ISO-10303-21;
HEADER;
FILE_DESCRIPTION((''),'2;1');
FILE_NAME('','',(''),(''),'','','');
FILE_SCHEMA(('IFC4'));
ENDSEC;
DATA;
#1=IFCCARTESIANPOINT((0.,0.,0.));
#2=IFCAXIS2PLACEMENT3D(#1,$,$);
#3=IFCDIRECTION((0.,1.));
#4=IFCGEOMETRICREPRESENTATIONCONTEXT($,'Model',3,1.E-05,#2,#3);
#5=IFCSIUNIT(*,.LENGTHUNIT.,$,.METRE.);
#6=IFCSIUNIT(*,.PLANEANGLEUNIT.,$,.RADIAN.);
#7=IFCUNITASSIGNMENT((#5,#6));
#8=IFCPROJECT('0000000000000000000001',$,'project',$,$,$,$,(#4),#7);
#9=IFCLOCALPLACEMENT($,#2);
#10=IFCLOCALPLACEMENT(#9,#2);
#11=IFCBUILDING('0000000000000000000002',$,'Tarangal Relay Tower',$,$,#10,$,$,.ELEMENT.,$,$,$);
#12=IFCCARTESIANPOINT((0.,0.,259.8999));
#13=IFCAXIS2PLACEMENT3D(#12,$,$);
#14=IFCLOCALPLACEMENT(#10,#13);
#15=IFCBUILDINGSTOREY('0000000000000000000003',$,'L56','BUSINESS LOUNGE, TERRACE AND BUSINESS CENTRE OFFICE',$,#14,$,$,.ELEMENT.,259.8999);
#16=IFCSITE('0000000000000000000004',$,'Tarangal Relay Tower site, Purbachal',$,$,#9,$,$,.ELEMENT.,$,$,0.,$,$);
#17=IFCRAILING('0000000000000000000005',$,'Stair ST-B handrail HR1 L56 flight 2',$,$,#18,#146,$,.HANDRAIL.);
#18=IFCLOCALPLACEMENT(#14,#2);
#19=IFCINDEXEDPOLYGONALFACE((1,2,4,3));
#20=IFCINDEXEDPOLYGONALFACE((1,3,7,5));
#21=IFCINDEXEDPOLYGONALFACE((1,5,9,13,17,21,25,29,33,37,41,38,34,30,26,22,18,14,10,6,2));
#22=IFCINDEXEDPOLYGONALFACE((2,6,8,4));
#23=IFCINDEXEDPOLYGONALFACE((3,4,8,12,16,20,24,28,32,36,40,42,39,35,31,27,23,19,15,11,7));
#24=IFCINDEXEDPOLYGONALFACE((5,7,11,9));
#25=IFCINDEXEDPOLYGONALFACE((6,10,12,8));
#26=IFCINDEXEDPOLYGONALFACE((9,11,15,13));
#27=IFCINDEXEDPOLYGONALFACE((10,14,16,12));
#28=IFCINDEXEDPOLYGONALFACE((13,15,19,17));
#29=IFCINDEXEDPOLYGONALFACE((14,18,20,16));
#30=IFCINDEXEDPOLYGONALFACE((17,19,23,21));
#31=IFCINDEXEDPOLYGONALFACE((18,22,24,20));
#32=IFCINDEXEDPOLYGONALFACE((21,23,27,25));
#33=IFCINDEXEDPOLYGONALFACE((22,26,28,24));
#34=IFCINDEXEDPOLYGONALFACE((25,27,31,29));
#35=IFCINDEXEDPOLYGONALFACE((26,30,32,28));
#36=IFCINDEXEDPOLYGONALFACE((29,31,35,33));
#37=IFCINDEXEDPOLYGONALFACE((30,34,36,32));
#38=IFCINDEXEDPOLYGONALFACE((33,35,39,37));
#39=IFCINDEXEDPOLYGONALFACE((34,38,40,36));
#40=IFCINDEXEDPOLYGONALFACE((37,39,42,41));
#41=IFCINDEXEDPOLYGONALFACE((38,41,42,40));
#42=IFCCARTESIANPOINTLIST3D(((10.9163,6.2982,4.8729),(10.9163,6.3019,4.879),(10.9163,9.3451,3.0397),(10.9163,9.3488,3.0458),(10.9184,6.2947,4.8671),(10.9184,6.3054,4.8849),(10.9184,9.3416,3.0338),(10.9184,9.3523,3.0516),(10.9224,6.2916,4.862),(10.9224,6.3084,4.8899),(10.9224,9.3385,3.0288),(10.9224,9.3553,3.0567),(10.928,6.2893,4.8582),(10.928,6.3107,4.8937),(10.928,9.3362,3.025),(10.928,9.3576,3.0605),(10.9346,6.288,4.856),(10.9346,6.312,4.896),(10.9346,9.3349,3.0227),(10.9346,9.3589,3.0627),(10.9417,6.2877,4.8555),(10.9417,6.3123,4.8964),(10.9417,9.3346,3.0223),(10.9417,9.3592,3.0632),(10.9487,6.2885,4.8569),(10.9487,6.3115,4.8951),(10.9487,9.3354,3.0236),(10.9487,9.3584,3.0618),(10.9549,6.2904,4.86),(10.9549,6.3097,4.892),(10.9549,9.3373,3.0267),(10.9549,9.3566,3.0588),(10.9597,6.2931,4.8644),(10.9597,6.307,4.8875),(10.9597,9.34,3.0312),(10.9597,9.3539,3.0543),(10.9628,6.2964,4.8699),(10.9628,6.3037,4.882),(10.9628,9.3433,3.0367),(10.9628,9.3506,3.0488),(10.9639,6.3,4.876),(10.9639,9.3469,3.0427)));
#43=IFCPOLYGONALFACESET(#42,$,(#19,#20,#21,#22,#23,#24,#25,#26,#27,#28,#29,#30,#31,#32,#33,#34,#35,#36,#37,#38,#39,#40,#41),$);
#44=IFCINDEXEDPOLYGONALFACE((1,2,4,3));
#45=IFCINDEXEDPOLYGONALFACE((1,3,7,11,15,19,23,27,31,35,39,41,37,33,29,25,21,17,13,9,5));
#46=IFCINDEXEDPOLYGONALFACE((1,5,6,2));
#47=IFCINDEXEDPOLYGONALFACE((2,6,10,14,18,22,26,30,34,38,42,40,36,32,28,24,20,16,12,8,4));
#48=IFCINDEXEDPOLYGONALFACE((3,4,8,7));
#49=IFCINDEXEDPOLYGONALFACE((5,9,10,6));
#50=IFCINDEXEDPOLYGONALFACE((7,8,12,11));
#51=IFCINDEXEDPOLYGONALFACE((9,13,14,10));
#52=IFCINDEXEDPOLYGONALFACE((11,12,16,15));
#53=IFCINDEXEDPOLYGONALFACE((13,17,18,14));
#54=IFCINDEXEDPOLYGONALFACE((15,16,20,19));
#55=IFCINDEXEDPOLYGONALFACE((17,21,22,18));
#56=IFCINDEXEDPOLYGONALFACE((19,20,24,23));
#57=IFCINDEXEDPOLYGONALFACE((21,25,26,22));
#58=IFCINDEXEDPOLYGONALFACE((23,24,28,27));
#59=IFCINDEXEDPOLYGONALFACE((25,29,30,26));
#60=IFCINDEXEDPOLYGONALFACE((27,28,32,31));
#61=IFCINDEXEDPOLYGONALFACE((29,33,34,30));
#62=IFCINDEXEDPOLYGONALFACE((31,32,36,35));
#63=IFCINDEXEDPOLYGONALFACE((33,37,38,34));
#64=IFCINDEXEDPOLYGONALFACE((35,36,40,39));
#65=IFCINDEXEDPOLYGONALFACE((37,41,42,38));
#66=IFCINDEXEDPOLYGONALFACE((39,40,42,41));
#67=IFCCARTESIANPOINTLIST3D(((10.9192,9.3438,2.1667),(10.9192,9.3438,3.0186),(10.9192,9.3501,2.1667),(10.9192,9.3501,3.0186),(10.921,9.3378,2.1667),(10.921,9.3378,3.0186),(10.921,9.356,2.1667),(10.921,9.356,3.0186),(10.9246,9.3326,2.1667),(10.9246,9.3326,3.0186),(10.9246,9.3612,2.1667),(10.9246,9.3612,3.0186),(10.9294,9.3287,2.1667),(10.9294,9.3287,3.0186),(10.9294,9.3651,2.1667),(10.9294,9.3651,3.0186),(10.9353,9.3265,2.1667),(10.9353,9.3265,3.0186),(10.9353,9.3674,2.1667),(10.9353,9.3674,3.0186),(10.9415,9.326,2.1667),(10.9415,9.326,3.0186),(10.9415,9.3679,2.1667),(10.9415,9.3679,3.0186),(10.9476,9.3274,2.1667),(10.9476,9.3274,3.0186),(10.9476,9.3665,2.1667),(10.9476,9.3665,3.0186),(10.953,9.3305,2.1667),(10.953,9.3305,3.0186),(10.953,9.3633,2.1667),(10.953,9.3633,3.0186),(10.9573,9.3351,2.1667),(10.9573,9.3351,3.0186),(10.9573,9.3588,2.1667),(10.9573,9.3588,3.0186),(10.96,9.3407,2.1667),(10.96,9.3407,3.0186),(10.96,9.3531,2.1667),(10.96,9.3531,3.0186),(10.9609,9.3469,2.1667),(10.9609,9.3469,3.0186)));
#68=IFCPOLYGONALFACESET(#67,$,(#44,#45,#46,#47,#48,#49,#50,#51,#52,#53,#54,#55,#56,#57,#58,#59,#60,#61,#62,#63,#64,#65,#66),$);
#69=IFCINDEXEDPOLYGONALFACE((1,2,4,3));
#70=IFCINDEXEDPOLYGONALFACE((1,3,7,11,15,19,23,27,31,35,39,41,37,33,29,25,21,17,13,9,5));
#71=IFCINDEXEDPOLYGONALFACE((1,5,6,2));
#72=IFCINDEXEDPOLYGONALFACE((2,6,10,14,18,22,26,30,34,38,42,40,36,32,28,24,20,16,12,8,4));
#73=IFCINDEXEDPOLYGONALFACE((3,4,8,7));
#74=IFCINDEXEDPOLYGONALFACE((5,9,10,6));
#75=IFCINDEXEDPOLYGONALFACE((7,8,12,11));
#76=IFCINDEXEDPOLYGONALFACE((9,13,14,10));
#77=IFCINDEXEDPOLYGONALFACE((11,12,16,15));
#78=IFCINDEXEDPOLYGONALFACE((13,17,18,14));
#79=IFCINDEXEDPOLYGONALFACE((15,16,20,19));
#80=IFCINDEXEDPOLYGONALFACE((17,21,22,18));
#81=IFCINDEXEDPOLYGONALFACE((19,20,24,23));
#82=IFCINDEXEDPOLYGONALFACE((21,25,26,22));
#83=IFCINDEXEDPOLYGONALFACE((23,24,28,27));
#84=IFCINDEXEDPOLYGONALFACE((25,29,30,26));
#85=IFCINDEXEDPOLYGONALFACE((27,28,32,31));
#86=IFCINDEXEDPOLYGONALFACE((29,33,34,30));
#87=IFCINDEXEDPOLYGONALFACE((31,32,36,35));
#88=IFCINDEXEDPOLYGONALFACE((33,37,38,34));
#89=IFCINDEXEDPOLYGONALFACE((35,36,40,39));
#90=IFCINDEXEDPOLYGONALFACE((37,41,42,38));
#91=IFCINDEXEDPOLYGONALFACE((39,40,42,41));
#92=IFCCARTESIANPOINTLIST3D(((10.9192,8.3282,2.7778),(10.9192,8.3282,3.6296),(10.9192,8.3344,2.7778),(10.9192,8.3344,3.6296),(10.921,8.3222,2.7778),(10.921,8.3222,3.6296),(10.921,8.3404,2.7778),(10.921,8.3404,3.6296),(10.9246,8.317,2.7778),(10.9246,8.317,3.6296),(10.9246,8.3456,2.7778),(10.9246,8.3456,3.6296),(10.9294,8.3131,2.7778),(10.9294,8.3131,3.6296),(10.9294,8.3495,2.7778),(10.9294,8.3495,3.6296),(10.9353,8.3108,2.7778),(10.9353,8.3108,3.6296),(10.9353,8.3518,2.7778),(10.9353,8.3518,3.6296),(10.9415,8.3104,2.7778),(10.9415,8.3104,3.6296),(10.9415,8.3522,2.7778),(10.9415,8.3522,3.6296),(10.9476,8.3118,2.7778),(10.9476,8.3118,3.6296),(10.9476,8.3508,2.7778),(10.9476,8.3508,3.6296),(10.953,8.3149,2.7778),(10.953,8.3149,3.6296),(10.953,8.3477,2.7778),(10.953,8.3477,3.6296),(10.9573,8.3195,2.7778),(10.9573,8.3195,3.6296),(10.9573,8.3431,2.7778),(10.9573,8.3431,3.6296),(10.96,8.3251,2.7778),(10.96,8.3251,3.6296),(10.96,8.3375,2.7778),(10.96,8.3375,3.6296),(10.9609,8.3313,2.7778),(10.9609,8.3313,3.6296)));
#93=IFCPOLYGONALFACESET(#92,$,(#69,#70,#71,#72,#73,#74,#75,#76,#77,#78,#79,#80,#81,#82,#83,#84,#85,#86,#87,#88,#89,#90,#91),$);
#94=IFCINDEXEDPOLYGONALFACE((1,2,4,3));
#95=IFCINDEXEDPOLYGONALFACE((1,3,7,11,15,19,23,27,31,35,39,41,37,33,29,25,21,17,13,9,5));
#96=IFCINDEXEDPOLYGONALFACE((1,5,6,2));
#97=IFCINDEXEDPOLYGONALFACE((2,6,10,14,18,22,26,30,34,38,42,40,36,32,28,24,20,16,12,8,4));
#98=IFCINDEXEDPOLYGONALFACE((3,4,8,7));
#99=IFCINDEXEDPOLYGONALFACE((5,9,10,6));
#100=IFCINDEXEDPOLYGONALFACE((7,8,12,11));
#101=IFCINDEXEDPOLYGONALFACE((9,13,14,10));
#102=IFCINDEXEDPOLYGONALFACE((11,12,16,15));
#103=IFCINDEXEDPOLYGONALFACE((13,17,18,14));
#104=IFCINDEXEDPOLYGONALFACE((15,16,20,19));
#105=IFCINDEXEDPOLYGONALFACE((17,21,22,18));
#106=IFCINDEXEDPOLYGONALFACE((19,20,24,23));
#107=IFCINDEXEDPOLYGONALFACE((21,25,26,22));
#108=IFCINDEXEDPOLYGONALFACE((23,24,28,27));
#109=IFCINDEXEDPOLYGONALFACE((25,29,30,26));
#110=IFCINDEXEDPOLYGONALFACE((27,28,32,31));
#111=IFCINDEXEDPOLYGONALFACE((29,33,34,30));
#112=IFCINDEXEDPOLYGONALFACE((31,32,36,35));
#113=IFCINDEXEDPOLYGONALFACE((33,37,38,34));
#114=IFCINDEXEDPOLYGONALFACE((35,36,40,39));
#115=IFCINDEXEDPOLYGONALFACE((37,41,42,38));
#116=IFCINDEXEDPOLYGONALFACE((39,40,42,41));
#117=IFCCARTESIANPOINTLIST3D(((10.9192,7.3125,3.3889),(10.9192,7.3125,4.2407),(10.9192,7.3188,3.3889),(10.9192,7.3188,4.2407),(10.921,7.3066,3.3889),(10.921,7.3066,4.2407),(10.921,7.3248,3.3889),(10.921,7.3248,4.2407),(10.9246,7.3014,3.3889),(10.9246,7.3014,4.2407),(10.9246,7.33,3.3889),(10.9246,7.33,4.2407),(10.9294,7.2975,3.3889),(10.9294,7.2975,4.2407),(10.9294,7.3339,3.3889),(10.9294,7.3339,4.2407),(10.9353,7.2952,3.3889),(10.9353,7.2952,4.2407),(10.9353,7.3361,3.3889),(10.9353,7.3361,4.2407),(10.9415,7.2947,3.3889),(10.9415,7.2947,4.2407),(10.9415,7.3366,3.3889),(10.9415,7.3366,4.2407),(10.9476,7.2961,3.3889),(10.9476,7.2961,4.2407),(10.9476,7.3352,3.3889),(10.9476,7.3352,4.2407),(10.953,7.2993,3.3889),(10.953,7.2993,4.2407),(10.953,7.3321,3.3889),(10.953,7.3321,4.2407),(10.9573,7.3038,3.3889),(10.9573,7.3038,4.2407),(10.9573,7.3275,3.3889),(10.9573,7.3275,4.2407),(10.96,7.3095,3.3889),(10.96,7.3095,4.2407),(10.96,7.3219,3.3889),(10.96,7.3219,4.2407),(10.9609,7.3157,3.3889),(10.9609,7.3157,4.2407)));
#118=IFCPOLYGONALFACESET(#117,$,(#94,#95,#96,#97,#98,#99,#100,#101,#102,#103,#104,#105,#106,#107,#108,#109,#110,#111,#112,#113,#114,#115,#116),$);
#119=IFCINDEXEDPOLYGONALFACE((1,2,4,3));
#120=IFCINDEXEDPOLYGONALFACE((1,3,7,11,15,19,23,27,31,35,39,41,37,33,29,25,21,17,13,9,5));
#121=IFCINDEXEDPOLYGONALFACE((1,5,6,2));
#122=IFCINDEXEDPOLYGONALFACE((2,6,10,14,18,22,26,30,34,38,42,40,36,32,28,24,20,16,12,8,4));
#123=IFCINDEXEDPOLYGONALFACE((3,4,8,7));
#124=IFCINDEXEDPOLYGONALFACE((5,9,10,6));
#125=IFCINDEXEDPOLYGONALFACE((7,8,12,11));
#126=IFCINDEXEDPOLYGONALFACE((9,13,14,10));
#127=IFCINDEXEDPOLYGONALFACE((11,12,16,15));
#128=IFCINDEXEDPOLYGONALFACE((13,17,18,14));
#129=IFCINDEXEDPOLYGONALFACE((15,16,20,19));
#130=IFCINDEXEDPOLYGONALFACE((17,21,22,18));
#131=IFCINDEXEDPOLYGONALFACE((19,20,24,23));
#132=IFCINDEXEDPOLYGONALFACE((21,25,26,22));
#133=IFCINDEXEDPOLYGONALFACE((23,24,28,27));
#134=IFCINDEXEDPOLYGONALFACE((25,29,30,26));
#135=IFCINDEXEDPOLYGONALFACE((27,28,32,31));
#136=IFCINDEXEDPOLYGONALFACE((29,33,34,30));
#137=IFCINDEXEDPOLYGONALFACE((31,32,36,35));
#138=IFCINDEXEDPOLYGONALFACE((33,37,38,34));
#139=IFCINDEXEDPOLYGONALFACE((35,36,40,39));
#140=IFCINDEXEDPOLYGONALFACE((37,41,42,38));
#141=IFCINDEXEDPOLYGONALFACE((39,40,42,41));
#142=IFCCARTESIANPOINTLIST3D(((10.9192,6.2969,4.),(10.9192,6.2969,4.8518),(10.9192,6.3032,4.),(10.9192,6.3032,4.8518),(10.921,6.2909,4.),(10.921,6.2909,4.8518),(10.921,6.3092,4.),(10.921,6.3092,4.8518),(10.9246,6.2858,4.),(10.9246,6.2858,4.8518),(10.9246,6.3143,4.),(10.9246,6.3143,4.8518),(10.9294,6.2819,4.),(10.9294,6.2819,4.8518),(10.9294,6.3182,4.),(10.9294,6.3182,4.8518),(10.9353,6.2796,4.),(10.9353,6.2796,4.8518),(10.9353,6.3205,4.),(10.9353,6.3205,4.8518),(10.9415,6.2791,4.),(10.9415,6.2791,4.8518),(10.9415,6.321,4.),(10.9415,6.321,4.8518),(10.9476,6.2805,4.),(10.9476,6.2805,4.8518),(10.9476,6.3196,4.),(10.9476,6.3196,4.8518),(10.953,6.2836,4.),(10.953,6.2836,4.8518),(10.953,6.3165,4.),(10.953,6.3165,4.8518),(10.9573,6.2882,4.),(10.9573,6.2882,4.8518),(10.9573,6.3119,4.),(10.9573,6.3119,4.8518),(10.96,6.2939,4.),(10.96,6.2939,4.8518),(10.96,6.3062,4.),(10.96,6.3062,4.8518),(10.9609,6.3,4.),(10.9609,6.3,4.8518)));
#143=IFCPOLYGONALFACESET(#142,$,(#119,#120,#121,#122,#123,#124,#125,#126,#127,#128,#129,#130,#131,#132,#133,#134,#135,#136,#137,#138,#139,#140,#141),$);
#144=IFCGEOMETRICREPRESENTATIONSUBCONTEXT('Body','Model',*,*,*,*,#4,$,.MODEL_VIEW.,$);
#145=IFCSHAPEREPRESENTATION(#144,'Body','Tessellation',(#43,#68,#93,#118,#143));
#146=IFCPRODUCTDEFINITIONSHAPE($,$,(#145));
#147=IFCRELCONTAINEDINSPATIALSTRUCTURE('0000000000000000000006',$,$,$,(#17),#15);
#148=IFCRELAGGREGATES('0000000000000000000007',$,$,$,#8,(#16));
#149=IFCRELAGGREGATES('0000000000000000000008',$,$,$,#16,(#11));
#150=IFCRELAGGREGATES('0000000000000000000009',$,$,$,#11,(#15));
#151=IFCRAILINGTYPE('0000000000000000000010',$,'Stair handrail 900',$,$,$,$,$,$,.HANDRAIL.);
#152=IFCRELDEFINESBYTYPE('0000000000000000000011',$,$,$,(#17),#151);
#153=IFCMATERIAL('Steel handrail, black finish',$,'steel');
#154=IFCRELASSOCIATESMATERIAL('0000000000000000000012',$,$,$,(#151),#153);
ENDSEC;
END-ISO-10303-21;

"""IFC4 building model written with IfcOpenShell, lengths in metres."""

from ifc_helpers import new_model, si_unit, direction, frame, origin, origin_2d, place, context, subcontext, project, spatial, circle, extrude, material, type_object, element, save


model = new_model("IFC4")

# Units and contexts
model_context = context("Model", 3, precision=1e-05, world=origin(), true_north=direction((0.0, 1.0)))
body_context = subcontext(model_context, "Body", "Model", "MODEL_VIEW")
ifc_project = project(units=[si_unit("LENGTHUNIT", "METRE"), si_unit("PLANEANGLEUNIT", "RADIAN")], contexts=[model_context])

# Site, building, storey
site_placement = place(None, origin())
site = spatial("IfcSite", under=ifc_project, at=site_placement, Name="Tarangal Relay Tower site, Purbachal", CompositionType="ELEMENT", RefElevation=0.0)
building_placement = place(site_placement, origin())
building = spatial("IfcBuilding", under=site, at=building_placement, Name="Tarangal Relay Tower", CompositionType="ELEMENT")
storey_placement = place(building_placement, frame((0.0, 0.0, 259.8999)))
storey = spatial("IfcBuildingStorey", under=building, at=storey_placement, Name="L56", Description="BUSINESS LOUNGE, TERRACE AND BUSINESS CENTRE OFFICE", CompositionType="ELEMENT", Elevation=259.8999)

# Railing
ifc_material_1 = material(Name="Steel handrail, black finish", Category="steel")
railing_type_1 = type_object("IfcRailingType", Name="Stair handrail 900", PredefinedType="HANDRAIL", material=ifc_material_1)
railing_1_placement = place(storey_placement, frame((10.9399, 9.3469, 2.1667)))
element("IfcRailing", 1, at=railing_1_placement, inside=storey, type_object=railing_type_1, Name="Stair ST-B handrail HR1 L56 flight 2", PredefinedType="HANDRAIL", context=body_context, shape_type="SweptSolid", body=[
    extrude(circle(Radius=0.0239, at=origin_2d()), frame((0.0, 0.0, 0.876), z_axis=(0.0, -0.856856, 0.515556), x_axis=(1.0, 0.0, 0.0)), (0.0, 0.0, 1.0), 3.5559),
    extrude(circle(Radius=0.021, at=origin_2d()), origin(), (0.0, 0.0, 1.0), 0.8518),
    extrude(circle(Radius=0.021, at=origin_2d()), frame((0.0, -1.0156, 0.6111)), (0.0, 0.0, 1.0), 0.8518),
    extrude(circle(Radius=0.021, at=origin_2d()), frame((0.0, -2.0312, 1.2222)), (0.0, 0.0, 1.0), 0.8518),
    extrude(circle(Radius=0.021, at=origin_2d()), frame((0.0, -3.0469, 1.8333)), (0.0, 0.0, 1.0), 0.8518),
])

save(model, "model.ifc")
